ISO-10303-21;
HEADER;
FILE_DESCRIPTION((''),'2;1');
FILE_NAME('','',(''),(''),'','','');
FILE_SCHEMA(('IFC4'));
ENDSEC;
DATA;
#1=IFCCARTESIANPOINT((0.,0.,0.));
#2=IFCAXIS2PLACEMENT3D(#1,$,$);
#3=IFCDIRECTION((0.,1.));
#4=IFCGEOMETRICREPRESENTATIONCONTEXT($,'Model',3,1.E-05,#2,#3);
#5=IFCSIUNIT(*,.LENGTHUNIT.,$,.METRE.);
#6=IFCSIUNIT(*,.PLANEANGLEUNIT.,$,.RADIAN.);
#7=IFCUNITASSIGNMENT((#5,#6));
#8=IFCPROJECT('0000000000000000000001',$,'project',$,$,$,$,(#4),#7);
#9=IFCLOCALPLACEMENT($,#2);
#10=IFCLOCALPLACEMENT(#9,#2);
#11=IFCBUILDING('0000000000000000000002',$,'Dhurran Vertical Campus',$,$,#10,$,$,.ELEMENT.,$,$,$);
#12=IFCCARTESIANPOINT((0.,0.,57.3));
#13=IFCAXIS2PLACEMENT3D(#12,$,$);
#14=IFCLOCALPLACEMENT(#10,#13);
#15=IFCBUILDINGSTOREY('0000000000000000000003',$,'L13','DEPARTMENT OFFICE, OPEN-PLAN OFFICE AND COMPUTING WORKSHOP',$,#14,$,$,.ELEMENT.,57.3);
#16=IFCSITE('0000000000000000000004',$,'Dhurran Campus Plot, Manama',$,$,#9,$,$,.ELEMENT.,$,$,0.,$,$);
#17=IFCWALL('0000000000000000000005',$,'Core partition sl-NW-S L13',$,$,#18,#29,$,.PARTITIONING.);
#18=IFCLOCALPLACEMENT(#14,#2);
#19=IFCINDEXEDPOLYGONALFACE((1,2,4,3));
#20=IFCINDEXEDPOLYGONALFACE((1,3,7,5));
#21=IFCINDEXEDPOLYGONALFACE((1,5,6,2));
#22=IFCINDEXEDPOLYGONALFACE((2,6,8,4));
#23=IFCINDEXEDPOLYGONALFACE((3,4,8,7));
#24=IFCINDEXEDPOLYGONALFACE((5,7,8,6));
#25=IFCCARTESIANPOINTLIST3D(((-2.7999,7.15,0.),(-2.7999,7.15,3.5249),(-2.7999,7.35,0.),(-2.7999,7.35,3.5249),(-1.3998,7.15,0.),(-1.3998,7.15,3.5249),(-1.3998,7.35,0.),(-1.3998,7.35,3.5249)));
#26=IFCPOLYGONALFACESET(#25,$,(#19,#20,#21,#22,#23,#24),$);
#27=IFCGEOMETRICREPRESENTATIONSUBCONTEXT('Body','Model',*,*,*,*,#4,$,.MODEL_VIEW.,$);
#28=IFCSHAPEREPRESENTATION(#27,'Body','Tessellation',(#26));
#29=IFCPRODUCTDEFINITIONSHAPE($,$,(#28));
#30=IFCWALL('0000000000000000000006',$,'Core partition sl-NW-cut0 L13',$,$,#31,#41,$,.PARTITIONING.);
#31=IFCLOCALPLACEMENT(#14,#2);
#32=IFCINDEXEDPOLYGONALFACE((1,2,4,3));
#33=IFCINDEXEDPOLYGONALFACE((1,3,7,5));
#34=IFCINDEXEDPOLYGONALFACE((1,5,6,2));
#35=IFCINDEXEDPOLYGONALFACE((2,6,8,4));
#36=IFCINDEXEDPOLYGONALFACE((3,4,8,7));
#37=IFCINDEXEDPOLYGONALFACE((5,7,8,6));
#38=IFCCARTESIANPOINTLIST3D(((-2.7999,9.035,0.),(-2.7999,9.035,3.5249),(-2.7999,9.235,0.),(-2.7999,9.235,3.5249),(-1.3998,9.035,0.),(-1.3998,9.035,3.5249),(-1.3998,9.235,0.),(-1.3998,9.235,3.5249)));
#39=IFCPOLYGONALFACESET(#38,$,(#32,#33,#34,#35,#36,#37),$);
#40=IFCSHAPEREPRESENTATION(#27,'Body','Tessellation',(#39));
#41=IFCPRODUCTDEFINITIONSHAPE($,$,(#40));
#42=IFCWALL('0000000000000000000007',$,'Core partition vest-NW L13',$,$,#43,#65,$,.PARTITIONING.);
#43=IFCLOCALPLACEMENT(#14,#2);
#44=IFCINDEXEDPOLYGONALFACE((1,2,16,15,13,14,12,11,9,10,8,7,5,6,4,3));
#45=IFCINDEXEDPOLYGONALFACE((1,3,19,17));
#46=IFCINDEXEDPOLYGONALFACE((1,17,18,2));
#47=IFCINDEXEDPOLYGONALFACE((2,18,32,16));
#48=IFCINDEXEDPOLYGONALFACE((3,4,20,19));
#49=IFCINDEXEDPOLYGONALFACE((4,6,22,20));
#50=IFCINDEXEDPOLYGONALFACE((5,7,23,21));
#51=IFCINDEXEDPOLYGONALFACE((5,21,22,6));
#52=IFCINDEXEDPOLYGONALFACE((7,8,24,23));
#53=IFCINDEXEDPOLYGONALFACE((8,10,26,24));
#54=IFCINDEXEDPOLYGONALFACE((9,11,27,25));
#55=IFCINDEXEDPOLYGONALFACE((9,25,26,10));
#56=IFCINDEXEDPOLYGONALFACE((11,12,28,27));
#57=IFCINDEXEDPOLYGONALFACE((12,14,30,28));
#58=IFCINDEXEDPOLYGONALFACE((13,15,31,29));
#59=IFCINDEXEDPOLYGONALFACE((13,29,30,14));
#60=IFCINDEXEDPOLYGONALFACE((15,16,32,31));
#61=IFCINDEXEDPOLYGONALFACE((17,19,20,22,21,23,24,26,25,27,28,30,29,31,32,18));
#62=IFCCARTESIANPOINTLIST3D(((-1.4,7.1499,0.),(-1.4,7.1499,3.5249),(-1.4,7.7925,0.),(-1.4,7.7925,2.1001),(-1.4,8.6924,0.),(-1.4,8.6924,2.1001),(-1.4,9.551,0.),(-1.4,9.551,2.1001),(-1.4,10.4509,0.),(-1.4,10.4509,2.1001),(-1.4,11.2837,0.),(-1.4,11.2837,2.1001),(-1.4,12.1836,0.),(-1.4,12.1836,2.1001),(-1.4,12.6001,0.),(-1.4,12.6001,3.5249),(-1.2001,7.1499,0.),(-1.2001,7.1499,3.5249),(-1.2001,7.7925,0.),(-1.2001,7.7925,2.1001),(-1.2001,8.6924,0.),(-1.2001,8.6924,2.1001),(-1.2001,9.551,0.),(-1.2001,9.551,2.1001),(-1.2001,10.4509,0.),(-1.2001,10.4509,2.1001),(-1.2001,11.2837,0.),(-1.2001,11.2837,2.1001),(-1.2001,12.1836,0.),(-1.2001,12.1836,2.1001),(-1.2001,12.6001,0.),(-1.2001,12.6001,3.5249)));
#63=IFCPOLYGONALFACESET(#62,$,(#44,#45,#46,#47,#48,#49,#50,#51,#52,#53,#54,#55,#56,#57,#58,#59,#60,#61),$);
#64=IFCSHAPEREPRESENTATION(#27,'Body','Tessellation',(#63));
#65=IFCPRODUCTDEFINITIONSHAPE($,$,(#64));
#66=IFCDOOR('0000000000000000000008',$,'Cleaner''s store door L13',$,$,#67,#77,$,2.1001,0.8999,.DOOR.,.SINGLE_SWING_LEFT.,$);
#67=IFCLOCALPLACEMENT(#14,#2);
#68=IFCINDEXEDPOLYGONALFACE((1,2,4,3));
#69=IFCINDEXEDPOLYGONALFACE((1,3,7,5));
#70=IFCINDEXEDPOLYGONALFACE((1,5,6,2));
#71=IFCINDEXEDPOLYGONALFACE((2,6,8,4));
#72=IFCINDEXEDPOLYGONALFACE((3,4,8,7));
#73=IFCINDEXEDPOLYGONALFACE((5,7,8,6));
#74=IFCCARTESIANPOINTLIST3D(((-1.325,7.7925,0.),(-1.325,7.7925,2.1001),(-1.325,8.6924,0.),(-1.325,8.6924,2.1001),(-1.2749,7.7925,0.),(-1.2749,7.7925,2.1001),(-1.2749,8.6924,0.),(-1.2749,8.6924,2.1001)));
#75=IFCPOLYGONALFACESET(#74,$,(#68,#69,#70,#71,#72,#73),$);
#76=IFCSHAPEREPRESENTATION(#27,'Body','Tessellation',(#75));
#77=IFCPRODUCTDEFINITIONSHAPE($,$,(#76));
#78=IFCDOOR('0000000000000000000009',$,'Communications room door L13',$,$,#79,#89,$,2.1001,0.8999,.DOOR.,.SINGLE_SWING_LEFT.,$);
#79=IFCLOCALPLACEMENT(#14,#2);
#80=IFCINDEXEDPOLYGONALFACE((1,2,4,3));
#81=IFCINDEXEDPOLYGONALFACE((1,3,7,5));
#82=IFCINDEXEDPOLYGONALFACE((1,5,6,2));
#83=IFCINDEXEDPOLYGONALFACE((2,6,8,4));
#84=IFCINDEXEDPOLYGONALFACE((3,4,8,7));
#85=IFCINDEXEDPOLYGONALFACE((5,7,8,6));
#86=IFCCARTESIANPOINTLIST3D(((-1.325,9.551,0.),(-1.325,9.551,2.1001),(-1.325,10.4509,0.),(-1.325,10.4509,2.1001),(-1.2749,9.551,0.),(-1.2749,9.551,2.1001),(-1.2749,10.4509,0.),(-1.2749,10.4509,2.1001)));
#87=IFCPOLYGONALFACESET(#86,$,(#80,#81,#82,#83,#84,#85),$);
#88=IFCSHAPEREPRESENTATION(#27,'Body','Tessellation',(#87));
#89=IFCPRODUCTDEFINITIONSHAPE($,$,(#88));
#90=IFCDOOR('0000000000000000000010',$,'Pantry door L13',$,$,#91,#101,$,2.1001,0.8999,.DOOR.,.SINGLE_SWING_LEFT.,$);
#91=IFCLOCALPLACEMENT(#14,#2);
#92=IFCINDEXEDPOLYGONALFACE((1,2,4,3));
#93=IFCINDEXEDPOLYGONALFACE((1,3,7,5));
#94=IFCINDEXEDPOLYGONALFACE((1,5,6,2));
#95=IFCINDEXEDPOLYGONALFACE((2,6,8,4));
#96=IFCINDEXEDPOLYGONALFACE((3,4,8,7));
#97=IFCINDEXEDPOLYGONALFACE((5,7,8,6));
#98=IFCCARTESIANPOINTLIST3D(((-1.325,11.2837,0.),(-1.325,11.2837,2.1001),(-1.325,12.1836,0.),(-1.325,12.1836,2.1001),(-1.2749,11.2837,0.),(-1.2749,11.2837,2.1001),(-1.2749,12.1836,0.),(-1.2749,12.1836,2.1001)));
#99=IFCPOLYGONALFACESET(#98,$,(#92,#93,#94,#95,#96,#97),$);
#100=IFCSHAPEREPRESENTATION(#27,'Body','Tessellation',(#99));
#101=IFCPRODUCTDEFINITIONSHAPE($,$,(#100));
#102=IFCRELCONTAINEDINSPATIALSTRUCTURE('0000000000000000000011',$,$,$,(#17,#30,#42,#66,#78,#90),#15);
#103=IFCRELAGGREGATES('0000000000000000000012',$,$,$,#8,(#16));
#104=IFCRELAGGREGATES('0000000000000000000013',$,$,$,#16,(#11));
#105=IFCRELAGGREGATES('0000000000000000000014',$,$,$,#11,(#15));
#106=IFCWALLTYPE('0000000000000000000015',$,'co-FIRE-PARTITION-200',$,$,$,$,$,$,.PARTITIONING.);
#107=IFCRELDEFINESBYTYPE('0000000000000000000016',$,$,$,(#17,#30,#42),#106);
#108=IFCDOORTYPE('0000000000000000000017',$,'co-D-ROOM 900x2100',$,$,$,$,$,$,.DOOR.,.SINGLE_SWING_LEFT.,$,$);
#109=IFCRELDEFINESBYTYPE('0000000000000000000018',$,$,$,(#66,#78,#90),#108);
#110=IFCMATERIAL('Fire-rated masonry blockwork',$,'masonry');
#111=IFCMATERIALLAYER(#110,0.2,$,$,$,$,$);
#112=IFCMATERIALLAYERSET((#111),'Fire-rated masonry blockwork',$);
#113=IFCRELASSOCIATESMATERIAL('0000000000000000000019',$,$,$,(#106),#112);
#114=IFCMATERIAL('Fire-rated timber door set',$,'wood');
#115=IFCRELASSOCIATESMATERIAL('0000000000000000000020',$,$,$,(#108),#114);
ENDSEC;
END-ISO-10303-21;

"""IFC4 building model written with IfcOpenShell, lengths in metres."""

from ifc_helpers import new_model, si_unit, direction, frame, frame_2d, origin, place, context, subcontext, project, spatial, rectangle, extrude, material, layer, layer_set, type_object, element, fill, save


model = new_model("IFC4")

# Units and contexts
model_context = context("Model", 3, precision=1e-05, world=origin(), true_north=direction((0.0, 1.0)))
body_context = subcontext(model_context, "Body", "Model", "MODEL_VIEW")
ifc_project = project(units=[si_unit("LENGTHUNIT", "METRE"), si_unit("PLANEANGLEUNIT", "RADIAN")], contexts=[model_context])

# Site, building, storey
site_placement = place(None, origin())
site = spatial("IfcSite", under=ifc_project, at=site_placement, Name="Dhurran Campus Plot, Manama", CompositionType="ELEMENT", RefElevation=0.0)
building_placement = place(site_placement, origin())
building = spatial("IfcBuilding", under=site, at=building_placement, Name="Dhurran Vertical Campus", CompositionType="ELEMENT")
storey_placement = place(building_placement, frame((0.0, 0.0, 57.3)))
storey = spatial("IfcBuildingStorey", under=building, at=storey_placement, Name="L13", Description="DEPARTMENT OFFICE, OPEN-PLAN OFFICE AND COMPUTING WORKSHOP", CompositionType="ELEMENT", Elevation=57.3)

# Walls
ifc_material_1 = material(Name="Fire-rated masonry blockwork", Category="masonry")
ifc_layer_1 = layer(ifc_material_1, 0.2)
ifc_layer_set_1 = layer_set([ifc_layer_1], Name="Fire-rated masonry blockwork")
wall_type_1 = type_object("IfcWallType", Name="co-FIRE-PARTITION-200", PredefinedType="PARTITIONING", material=ifc_layer_set_1)
for number, where, z_axis, x_axis, name in (
    (1, (-2.8, 7.25, 0.0), (0.0, 0.0, 1.0), (1.0, 0.0, 0.0), "Core partition sl-NW-S L13"),
    (2, (-2.8, 9.135, 0.0), (0.0, 0.0, 1.0), (1.0, 0.0, 0.0), "Core partition sl-NW-cut0 L13"),
):
    element("IfcWall", number, at=place(storey_placement, frame(where, z_axis=z_axis, x_axis=x_axis)), inside=storey, type_object=wall_type_1, Name=name, PredefinedType="PARTITIONING", context=body_context, shape_type="SweptSolid", body=[
        extrude(rectangle(XDim=1.4001, YDim=0.2, at=frame_2d((0.7002, 0.0))), origin(), (0.0, 0.0, 1.0), 3.5249),
    ])

# Wall, openings, doors
wall_1_placement = place(storey_placement, frame((-1.3, 7.1499, 0.0), z_axis=(0.0, 0.0, 1.0), x_axis=(0.0, 1.0, 0.0)))
wall_1 = element("IfcWall", 3, at=wall_1_placement, inside=storey, type_object=wall_type_1, Name="Core partition vest-NW L13", PredefinedType="PARTITIONING", context=body_context, shape_type="SweptSolid", body=[
    extrude(rectangle(XDim=5.4502, YDim=0.2, at=frame_2d((2.7251, 0.0))), origin(), (0.0, 0.0, 1.0), 3.5249),
])
opening_1_placement = place(wall_1_placement, frame((0.6426, 0.0, 0.0)))
opening_1 = element("IfcOpeningElement", 4, at=opening_1_placement, cuts=wall_1, PredefinedType="OPENING", context=body_context, shape_type="SweptSolid", body=[
    extrude(rectangle(XDim=0.8999, YDim=2.1001, at=frame_2d((0.45, 1.05))), frame((0.0, 0.1099, 0.0), z_axis=(0.0, -1.0, 0.0), x_axis=(1.0, 0.0, 0.0)), (0.0, 0.0, 1.0), 0.22),
])
opening_2_placement = place(wall_1_placement, frame((2.4011, 0.0, 0.0)))
opening_2 = element("IfcOpeningElement", 5, at=opening_2_placement, cuts=wall_1, PredefinedType="OPENING", context=body_context, shape_type="SweptSolid", body=[
    extrude(rectangle(XDim=0.8999, YDim=2.1001, at=frame_2d((0.45, 1.05))), frame((0.0, 0.1099, 0.0), z_axis=(0.0, -1.0, 0.0), x_axis=(1.0, 0.0, 0.0)), (0.0, 0.0, 1.0), 0.22),
])
opening_3_placement = place(wall_1_placement, frame((4.1338, 0.0, 0.0)))
opening_3 = element("IfcOpeningElement", 6, at=opening_3_placement, cuts=wall_1, PredefinedType="OPENING", context=body_context, shape_type="SweptSolid", body=[
    extrude(rectangle(XDim=0.8999, YDim=2.1001, at=frame_2d((0.45, 1.05))), frame((0.0, 0.1099, 0.0), z_axis=(0.0, -1.0, 0.0), x_axis=(1.0, 0.0, 0.0)), (0.0, 0.0, 1.0), 0.22),
])
ifc_material_2 = material(Name="Fire-rated timber door set", Category="wood")
door_type_1 = type_object("IfcDoorType", Name="co-D-ROOM 900x2100", OperationType="SINGLE_SWING_LEFT", PredefinedType="DOOR", material=ifc_material_2)
door_1_placement = place(opening_1_placement, origin())
door_1 = element("IfcDoor", 7, at=door_1_placement, inside=storey, type_object=door_type_1, Name="Cleaner's store door L13", OperationType="SINGLE_SWING_LEFT", OverallHeight=2.1001, OverallWidth=0.8999, PredefinedType="DOOR", context=body_context, shape_type="SweptSolid", body=[
    extrude(rectangle(XDim=0.8999, YDim=2.1001, at=frame_2d((0.45, 1.05))), frame((0.0, 0.0249, 0.0), z_axis=(0.0, -1.0, 0.0), x_axis=(1.0, 0.0, 0.0)), (0.0, 0.0, 1.0), 0.05),
])
fill(opening_1, door_1)
door_2_placement = place(opening_2_placement, origin())
door_2 = element("IfcDoor", 8, at=door_2_placement, inside=storey, type_object=door_type_1, Name="Communications room door L13", OperationType="SINGLE_SWING_LEFT", OverallHeight=2.1001, OverallWidth=0.8999, PredefinedType="DOOR", context=body_context, shape_type="SweptSolid", body=[
    extrude(rectangle(XDim=0.8999, YDim=2.1001, at=frame_2d((0.45, 1.05))), frame((0.0, 0.0249, 0.0), z_axis=(0.0, -1.0, 0.0), x_axis=(1.0, 0.0, 0.0)), (0.0, 0.0, 1.0), 0.05),
])
fill(opening_2, door_2)
door_3_placement = place(opening_3_placement, origin())
door_3 = element("IfcDoor", 9, at=door_3_placement, inside=storey, type_object=door_type_1, Name="Pantry door L13", OperationType="SINGLE_SWING_LEFT", OverallHeight=2.1001, OverallWidth=0.8999, PredefinedType="DOOR", context=body_context, shape_type="SweptSolid", body=[
    extrude(rectangle(XDim=0.8999, YDim=2.1001, at=frame_2d((0.45, 1.05))), frame((0.0, 0.0249, 0.0), z_axis=(0.0, -1.0, 0.0), x_axis=(1.0, 0.0, 0.0)), (0.0, 0.0, 1.0), 0.05),
])
fill(opening_3, door_3)

save(model, "model.ifc")
